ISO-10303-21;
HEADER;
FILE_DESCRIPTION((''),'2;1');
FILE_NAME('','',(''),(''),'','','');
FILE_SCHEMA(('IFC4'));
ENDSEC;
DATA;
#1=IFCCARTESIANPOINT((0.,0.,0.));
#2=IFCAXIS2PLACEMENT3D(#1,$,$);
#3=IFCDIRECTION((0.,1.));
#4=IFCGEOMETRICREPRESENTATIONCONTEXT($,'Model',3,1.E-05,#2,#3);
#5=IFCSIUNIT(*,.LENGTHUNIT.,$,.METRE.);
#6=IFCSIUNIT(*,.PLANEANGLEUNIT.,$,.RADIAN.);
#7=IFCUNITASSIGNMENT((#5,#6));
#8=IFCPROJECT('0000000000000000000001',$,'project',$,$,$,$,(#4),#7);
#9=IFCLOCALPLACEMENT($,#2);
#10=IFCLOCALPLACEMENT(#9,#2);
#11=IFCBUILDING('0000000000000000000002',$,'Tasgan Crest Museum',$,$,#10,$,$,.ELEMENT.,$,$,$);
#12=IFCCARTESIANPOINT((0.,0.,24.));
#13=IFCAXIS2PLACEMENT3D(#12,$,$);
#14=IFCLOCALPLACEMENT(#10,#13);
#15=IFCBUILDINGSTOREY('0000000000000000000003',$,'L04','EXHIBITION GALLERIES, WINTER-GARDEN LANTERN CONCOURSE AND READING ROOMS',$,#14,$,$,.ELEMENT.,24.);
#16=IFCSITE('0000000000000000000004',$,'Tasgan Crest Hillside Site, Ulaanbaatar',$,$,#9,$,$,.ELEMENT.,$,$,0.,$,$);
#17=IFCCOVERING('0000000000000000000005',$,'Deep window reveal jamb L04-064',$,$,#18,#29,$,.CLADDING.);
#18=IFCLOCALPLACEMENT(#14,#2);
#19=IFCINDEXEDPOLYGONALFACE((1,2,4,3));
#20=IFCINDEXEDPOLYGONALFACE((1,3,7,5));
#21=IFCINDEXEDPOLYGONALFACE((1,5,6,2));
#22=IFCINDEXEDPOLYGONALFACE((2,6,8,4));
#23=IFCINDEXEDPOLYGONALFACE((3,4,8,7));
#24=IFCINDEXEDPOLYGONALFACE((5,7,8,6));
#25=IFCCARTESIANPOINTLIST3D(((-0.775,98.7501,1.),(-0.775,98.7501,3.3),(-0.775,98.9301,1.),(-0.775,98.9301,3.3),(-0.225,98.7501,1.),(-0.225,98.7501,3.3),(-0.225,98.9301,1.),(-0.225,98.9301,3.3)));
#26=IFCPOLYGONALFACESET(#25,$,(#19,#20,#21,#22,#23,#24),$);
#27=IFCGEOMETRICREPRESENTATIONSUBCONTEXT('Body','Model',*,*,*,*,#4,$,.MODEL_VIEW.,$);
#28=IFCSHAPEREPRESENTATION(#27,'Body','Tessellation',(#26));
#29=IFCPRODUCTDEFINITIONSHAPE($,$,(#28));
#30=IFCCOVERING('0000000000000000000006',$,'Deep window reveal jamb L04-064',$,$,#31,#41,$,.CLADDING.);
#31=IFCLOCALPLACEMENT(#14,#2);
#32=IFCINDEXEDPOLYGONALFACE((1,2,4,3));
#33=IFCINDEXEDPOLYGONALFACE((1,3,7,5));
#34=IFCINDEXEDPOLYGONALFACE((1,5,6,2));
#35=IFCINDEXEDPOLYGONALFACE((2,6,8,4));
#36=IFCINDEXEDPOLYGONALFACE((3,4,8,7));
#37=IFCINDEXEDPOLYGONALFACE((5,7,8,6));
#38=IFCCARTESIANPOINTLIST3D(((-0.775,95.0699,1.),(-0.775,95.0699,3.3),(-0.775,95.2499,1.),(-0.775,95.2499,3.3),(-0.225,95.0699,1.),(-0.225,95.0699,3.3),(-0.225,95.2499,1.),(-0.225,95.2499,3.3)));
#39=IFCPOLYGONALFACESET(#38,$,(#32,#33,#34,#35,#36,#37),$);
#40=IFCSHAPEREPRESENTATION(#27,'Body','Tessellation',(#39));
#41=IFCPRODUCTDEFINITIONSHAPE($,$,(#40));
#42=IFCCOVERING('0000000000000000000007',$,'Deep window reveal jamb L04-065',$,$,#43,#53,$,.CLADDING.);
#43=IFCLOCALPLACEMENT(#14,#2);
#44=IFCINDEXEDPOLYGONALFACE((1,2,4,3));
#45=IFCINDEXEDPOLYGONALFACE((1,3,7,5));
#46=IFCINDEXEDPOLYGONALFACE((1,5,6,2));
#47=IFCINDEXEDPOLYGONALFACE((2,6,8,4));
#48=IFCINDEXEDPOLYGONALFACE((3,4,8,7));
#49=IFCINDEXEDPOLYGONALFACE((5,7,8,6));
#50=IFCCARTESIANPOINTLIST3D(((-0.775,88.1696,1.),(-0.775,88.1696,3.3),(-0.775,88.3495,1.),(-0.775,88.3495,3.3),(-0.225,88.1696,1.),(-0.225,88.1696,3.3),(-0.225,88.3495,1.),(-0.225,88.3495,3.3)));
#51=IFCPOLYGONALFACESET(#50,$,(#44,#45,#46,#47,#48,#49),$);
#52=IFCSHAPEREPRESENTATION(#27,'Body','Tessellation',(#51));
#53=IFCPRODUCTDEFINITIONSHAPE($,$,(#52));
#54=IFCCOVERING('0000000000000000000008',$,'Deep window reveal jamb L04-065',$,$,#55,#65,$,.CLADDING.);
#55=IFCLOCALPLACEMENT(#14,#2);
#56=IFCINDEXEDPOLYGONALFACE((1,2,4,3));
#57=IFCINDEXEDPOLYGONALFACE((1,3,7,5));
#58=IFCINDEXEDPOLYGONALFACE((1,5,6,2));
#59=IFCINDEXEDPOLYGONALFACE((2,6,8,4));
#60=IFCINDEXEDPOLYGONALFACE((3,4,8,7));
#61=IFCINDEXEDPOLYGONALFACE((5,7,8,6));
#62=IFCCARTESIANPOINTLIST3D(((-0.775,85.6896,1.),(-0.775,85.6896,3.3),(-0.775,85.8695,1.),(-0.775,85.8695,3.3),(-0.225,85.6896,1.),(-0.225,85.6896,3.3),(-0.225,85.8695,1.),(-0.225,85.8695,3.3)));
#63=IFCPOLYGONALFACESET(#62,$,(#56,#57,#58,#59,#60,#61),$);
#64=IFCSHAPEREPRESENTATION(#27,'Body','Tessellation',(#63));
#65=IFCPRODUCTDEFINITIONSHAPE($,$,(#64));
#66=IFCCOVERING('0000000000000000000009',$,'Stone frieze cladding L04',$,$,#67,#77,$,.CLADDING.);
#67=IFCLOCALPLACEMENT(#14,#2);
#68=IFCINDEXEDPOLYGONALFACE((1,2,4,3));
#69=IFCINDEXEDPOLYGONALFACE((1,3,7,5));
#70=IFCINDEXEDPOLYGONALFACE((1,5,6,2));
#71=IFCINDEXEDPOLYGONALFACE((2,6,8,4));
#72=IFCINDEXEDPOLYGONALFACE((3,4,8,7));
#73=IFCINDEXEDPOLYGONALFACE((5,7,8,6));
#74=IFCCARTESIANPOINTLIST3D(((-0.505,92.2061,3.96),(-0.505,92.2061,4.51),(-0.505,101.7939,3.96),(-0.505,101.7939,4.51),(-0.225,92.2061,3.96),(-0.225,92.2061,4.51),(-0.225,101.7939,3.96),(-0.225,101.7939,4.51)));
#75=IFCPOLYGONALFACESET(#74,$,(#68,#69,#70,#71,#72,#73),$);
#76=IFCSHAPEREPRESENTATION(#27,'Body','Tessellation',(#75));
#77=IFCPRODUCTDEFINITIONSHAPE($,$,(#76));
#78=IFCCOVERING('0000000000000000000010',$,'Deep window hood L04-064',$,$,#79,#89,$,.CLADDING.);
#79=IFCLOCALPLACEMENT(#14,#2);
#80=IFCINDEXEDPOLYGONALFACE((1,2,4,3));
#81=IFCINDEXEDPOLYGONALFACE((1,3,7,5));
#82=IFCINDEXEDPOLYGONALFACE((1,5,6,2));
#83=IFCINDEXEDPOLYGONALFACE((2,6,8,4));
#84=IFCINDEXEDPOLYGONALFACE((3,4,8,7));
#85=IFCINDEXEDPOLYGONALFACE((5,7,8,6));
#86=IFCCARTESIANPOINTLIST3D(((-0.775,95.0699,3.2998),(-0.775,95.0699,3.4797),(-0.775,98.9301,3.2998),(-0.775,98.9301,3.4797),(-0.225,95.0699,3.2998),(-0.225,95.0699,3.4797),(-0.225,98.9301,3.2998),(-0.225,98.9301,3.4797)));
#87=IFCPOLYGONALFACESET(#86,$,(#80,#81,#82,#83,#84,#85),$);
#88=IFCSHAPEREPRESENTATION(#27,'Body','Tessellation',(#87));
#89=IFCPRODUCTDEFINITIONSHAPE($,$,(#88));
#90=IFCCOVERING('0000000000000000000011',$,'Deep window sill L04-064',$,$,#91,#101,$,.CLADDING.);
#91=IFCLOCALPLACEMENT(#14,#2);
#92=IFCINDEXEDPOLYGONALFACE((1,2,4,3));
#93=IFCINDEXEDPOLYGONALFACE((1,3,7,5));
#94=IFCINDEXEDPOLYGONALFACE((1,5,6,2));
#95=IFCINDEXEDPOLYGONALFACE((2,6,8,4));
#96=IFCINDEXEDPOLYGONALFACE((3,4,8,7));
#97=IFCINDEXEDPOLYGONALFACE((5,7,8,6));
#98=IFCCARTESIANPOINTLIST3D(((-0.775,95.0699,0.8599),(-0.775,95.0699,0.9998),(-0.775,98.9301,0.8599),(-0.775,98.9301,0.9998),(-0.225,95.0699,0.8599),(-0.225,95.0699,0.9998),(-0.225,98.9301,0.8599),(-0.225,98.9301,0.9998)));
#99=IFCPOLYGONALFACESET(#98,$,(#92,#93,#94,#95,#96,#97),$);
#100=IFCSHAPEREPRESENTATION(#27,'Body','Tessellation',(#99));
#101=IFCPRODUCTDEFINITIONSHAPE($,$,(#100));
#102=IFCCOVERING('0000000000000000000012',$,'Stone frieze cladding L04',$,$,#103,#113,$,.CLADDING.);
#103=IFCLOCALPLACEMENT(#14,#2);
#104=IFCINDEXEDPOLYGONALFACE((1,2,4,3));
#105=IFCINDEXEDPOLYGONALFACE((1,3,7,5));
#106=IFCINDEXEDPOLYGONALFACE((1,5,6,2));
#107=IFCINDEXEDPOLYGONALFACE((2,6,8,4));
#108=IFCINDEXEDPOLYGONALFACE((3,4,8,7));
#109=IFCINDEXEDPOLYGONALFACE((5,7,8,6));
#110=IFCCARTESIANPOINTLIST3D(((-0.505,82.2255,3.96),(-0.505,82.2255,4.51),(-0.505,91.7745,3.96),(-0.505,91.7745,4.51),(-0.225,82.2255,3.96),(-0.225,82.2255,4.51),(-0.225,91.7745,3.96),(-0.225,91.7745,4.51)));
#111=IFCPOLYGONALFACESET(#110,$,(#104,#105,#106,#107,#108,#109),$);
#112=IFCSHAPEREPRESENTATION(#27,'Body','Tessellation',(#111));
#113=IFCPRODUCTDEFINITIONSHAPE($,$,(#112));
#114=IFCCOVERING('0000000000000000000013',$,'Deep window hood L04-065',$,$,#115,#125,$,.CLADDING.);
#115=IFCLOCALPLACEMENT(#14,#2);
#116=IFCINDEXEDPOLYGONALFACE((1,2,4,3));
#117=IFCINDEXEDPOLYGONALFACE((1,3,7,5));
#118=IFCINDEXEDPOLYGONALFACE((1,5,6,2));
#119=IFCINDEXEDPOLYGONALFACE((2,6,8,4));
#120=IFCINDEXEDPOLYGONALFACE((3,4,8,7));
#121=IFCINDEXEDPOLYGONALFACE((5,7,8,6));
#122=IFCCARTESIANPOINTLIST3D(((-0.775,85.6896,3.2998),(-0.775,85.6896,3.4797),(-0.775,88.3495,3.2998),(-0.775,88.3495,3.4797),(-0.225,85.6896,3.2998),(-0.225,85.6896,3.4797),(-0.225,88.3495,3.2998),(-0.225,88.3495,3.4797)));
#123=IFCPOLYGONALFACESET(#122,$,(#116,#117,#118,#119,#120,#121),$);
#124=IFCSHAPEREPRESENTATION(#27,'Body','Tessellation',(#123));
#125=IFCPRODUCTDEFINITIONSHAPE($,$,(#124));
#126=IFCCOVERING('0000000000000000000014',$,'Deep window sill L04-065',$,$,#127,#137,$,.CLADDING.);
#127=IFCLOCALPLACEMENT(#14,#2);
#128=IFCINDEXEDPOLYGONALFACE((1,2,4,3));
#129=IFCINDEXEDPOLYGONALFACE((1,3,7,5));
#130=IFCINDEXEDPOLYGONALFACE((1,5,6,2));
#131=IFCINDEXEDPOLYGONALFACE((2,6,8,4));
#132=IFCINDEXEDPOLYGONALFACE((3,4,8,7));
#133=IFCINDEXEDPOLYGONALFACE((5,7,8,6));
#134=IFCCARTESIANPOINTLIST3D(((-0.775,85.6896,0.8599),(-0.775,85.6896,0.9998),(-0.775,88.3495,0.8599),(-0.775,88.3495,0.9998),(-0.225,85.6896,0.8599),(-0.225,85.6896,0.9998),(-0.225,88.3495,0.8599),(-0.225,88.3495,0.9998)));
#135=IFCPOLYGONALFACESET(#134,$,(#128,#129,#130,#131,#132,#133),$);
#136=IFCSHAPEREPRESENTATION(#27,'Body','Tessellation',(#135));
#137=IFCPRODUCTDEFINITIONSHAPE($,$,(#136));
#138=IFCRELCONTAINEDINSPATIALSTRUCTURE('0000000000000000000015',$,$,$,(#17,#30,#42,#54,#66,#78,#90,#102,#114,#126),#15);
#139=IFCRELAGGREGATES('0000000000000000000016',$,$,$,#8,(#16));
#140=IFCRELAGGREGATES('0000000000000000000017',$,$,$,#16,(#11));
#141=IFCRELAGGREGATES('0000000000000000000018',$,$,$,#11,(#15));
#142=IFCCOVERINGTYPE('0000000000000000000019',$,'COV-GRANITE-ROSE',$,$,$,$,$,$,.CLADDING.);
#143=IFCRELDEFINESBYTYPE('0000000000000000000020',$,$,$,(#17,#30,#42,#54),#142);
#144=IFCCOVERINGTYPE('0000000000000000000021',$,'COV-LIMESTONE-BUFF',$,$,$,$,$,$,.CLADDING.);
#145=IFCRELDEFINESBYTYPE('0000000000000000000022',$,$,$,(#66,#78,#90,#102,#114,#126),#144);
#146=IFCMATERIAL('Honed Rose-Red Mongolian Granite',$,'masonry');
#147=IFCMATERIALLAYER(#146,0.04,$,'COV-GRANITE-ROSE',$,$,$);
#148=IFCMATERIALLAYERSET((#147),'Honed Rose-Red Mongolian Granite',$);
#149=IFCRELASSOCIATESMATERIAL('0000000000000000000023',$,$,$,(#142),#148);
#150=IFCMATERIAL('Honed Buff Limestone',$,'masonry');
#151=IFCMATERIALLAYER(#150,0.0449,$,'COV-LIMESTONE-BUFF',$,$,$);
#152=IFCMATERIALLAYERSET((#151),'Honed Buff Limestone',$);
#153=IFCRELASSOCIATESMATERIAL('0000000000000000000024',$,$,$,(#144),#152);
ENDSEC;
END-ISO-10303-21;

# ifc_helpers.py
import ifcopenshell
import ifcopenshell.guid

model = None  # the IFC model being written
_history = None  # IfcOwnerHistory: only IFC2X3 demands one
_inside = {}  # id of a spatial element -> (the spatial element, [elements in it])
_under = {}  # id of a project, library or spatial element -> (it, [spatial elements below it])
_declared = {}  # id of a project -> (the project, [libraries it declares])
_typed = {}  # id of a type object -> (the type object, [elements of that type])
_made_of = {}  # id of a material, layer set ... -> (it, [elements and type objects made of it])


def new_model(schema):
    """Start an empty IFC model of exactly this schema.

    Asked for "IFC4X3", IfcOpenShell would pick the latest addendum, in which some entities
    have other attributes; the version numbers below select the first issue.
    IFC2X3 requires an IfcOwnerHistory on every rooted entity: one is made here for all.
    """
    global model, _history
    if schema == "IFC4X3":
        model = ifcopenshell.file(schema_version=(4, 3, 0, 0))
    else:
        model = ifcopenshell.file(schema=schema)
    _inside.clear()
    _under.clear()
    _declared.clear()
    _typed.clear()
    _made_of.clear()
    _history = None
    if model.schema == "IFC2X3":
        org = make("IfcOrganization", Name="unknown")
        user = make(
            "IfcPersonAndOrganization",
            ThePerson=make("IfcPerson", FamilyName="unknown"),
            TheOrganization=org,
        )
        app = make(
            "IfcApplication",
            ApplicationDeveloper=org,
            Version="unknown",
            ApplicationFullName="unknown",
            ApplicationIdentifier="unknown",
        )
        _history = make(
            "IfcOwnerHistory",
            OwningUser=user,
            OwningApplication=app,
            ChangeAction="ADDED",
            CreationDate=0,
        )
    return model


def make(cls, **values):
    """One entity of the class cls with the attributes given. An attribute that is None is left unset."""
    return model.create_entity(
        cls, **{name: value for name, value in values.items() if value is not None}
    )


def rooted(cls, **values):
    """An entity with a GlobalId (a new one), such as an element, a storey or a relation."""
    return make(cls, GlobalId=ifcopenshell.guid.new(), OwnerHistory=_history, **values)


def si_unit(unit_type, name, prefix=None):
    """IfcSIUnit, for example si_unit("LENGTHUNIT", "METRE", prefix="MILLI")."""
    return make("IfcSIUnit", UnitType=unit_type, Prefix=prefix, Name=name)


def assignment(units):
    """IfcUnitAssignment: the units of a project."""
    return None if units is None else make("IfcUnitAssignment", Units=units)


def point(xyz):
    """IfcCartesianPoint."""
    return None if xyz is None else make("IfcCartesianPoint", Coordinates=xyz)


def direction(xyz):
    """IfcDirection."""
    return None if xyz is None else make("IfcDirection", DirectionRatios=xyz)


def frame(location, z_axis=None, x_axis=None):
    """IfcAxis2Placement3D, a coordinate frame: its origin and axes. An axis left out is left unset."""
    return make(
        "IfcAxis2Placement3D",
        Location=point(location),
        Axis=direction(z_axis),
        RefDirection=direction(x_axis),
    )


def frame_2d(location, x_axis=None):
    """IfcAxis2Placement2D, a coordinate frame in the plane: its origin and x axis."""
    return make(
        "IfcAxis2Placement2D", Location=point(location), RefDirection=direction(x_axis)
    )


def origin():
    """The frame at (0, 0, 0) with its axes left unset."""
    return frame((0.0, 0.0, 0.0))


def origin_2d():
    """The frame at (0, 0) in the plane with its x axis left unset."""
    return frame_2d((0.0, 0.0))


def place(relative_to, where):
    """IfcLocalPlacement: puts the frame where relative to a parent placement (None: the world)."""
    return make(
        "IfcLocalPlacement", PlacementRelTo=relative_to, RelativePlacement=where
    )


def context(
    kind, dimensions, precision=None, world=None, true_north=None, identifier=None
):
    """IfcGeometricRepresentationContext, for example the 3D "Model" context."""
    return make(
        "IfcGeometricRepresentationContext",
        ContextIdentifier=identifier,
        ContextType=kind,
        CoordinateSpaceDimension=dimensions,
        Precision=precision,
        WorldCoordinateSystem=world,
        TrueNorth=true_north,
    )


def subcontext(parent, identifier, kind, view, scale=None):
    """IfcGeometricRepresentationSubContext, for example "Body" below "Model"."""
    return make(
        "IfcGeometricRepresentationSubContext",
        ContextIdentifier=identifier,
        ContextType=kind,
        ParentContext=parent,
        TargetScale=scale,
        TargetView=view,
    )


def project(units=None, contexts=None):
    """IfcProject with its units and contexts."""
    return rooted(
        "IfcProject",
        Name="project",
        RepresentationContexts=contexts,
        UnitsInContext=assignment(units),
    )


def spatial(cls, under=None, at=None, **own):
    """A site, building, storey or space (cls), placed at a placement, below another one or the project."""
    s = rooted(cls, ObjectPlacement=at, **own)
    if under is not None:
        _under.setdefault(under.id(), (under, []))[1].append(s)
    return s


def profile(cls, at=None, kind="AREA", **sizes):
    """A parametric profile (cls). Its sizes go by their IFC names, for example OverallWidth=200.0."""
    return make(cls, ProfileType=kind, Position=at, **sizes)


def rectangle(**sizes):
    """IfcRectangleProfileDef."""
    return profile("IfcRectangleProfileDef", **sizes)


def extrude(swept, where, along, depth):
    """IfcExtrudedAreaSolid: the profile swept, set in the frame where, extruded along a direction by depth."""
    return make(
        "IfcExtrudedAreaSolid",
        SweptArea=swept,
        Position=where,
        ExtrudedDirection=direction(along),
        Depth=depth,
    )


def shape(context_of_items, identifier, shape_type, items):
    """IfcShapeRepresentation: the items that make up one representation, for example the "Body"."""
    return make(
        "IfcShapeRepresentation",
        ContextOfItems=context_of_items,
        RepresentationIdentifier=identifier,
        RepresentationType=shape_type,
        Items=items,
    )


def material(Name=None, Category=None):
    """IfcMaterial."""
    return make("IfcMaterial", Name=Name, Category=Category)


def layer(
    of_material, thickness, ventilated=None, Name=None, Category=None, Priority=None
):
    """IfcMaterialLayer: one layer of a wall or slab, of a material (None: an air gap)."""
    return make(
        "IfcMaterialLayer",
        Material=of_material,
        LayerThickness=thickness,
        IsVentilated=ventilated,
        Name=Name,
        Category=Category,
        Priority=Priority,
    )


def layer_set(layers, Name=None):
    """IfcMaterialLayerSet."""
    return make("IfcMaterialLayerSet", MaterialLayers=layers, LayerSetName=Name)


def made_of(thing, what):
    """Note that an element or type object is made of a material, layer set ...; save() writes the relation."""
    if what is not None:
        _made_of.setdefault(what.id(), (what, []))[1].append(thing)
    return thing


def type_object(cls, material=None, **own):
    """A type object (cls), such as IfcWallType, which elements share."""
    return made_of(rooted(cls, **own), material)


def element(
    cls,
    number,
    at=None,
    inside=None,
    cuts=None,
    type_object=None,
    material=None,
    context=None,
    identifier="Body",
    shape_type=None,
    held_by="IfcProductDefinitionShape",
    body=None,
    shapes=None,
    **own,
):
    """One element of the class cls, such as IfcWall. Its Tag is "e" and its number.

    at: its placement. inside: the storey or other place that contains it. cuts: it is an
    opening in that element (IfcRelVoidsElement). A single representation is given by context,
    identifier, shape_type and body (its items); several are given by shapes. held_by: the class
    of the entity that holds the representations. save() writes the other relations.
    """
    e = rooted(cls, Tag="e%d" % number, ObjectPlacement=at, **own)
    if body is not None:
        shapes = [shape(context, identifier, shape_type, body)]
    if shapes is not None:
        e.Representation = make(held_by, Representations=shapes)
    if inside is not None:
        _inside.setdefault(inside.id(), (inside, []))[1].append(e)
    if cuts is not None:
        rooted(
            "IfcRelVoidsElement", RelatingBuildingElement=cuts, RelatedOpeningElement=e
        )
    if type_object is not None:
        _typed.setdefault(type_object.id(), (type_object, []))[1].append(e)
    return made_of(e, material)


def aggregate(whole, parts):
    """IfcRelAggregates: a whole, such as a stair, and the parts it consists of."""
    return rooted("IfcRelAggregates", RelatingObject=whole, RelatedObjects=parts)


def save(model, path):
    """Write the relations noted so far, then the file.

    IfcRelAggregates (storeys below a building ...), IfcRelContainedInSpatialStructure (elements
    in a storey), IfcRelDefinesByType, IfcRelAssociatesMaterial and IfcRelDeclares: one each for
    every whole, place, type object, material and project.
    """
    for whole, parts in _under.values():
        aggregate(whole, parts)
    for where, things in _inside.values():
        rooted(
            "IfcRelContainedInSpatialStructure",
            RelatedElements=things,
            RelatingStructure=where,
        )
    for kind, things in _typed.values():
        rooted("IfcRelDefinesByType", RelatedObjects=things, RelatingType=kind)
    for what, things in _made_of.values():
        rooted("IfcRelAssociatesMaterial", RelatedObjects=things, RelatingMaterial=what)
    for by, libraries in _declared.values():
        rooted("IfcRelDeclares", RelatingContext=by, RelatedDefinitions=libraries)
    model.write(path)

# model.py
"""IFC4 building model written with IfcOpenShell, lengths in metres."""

from ifc_helpers import new_model, si_unit, direction, frame, origin, origin_2d, place, context, subcontext, project, spatial, rectangle, extrude, material, layer, layer_set, type_object, element, save


model = new_model("IFC4")

# Units and contexts
model_context = context("Model", 3, precision=1e-05, world=origin(), true_north=direction((0.0, 1.0)))
body_context = subcontext(model_context, "Body", "Model", "MODEL_VIEW")
ifc_project = project(units=[si_unit("LENGTHUNIT", "METRE"), si_unit("PLANEANGLEUNIT", "RADIAN")], contexts=[model_context])

# Site, building, storey
site_placement = place(None, origin())
site = spatial("IfcSite", under=ifc_project, at=site_placement, Name="Tasgan Crest Hillside Site, Ulaanbaatar", CompositionType="ELEMENT", RefElevation=0.0)
building_placement = place(site_placement, origin())
building = spatial("IfcBuilding", under=site, at=building_placement, Name="Tasgan Crest Museum", CompositionType="ELEMENT")
storey_placement = place(building_placement, frame((0.0, 0.0, 24.0)))
storey = spatial("IfcBuildingStorey", under=building, at=storey_placement, Name="L04", Description="EXHIBITION GALLERIES, WINTER-GARDEN LANTERN CONCOURSE AND READING ROOMS", CompositionType="ELEMENT", Elevation=24.0)

# Coverings
ifc_material_1 = material(Name="Honed Rose-Red Mongolian Granite", Category="masonry")
ifc_layer_1 = layer(ifc_material_1, 0.04, Name="COV-GRANITE-ROSE")
ifc_layer_set_1 = layer_set([ifc_layer_1], Name="Honed Rose-Red Mongolian Granite")
covering_type_1 = type_object("IfcCoveringType", Name="COV-GRANITE-ROSE", PredefinedType="CLADDING", material=ifc_layer_set_1)
for number, where, z_axis, x_axis, name in (
    (1, (-0.5, 98.8401, 1.0), (0.0, 0.0, 1.0), (0.0, -1.0, 0.0), "Deep window reveal jamb L04-064"),
    (2, (-0.5, 95.1599, 1.0), (0.0, 0.0, 1.0), (0.0, -1.0, 0.0), "Deep window reveal jamb L04-064"),
    (3, (-0.5, 88.2595, 1.0), (0.0, 0.0, 1.0), (0.0, -1.0, 0.0), "Deep window reveal jamb L04-065"),
    (4, (-0.5, 85.7795, 1.0), (0.0, 0.0, 1.0), (0.0, -1.0, 0.0), "Deep window reveal jamb L04-065"),
):
    element("IfcCovering", number, at=place(storey_placement, frame(where, z_axis=z_axis, x_axis=x_axis)), inside=storey, type_object=covering_type_1, Name=name, PredefinedType="CLADDING", context=body_context, shape_type="SweptSolid", body=[
        extrude(rectangle(XDim=0.1799, YDim=0.55, at=origin_2d()), origin(), (0.0, 0.0, 1.0), 2.3),
    ])
ifc_material_2 = material(Name="Honed Buff Limestone", Category="masonry")
ifc_layer_2 = layer(ifc_material_2, 0.0449, Name="COV-LIMESTONE-BUFF")
ifc_layer_set_2 = layer_set([ifc_layer_2], Name="Honed Buff Limestone")
covering_type_2 = type_object("IfcCoveringType", Name="COV-LIMESTONE-BUFF", PredefinedType="CLADDING", material=ifc_layer_set_2)
covering_1_placement = place(storey_placement, frame((-0.365, 97.0, 3.96), z_axis=(0.0, 0.0, 1.0), x_axis=(0.0, -1.0, 0.0)))
element("IfcCovering", 5, at=covering_1_placement, inside=storey, type_object=covering_type_2, Name="Stone frieze cladding L04", PredefinedType="CLADDING", context=body_context, shape_type="SweptSolid", body=[
    extrude(rectangle(XDim=9.5879, YDim=0.28, at=origin_2d()), origin(), (0.0, 0.0, 1.0), 0.55),
])
covering_2_placement = place(storey_placement, frame((-0.5, 97.0, 3.2998), z_axis=(0.0, 0.0, 1.0), x_axis=(0.0, -1.0, 0.0)))
element("IfcCovering", 6, at=covering_2_placement, inside=storey, type_object=covering_type_2, Name="Deep window hood L04-064", PredefinedType="CLADDING", context=body_context, shape_type="SweptSolid", body=[
    extrude(rectangle(XDim=3.8601, YDim=0.55, at=origin_2d()), origin(), (0.0, 0.0, 1.0), 0.1799),
])
covering_3_placement = place(storey_placement, frame((-0.5, 97.0, 0.8599), z_axis=(0.0, 0.0, 1.0), x_axis=(0.0, -1.0, 0.0)))
element("IfcCovering", 7, at=covering_3_placement, inside=storey, type_object=covering_type_2, Name="Deep window sill L04-064", PredefinedType="CLADDING", context=body_context, shape_type="SweptSolid", body=[
    extrude(rectangle(XDim=3.8601, YDim=0.55, at=origin_2d()), origin(), (0.0, 0.0, 1.0), 0.1399),
])
covering_4_placement = place(storey_placement, frame((-0.365, 87.0, 3.96), z_axis=(0.0, 0.0, 1.0), x_axis=(0.0, -1.0, 0.0)))
element("IfcCovering", 8, at=covering_4_placement, inside=storey, type_object=covering_type_2, Name="Stone frieze cladding L04", PredefinedType="CLADDING", context=body_context, shape_type="SweptSolid", body=[
    extrude(rectangle(XDim=9.5491, YDim=0.28, at=origin_2d()), origin(), (0.0, 0.0, 1.0), 0.55),
])
covering_5_placement = place(storey_placement, frame((-0.5, 87.0195, 3.2998), z_axis=(0.0, 0.0, 1.0), x_axis=(0.0, -1.0, 0.0)))
element("IfcCovering", 9, at=covering_5_placement, inside=storey, type_object=covering_type_2, Name="Deep window hood L04-065", PredefinedType="CLADDING", context=body_context, shape_type="SweptSolid", body=[
    extrude(rectangle(XDim=2.6599, YDim=0.55, at=origin_2d()), origin(), (0.0, 0.0, 1.0), 0.1799),
])
covering_6_placement = place(storey_placement, frame((-0.5, 87.0195, 0.8599), z_axis=(0.0, 0.0, 1.0), x_axis=(0.0, -1.0, 0.0)))
element("IfcCovering", 10, at=covering_6_placement, inside=storey, type_object=covering_type_2, Name="Deep window sill L04-065", PredefinedType="CLADDING", context=body_context, shape_type="SweptSolid", body=[
    extrude(rectangle(XDim=2.6599, YDim=0.55, at=origin_2d()), origin(), (0.0, 0.0, 1.0), 0.1399),
])

save(model, "model.ifc")
